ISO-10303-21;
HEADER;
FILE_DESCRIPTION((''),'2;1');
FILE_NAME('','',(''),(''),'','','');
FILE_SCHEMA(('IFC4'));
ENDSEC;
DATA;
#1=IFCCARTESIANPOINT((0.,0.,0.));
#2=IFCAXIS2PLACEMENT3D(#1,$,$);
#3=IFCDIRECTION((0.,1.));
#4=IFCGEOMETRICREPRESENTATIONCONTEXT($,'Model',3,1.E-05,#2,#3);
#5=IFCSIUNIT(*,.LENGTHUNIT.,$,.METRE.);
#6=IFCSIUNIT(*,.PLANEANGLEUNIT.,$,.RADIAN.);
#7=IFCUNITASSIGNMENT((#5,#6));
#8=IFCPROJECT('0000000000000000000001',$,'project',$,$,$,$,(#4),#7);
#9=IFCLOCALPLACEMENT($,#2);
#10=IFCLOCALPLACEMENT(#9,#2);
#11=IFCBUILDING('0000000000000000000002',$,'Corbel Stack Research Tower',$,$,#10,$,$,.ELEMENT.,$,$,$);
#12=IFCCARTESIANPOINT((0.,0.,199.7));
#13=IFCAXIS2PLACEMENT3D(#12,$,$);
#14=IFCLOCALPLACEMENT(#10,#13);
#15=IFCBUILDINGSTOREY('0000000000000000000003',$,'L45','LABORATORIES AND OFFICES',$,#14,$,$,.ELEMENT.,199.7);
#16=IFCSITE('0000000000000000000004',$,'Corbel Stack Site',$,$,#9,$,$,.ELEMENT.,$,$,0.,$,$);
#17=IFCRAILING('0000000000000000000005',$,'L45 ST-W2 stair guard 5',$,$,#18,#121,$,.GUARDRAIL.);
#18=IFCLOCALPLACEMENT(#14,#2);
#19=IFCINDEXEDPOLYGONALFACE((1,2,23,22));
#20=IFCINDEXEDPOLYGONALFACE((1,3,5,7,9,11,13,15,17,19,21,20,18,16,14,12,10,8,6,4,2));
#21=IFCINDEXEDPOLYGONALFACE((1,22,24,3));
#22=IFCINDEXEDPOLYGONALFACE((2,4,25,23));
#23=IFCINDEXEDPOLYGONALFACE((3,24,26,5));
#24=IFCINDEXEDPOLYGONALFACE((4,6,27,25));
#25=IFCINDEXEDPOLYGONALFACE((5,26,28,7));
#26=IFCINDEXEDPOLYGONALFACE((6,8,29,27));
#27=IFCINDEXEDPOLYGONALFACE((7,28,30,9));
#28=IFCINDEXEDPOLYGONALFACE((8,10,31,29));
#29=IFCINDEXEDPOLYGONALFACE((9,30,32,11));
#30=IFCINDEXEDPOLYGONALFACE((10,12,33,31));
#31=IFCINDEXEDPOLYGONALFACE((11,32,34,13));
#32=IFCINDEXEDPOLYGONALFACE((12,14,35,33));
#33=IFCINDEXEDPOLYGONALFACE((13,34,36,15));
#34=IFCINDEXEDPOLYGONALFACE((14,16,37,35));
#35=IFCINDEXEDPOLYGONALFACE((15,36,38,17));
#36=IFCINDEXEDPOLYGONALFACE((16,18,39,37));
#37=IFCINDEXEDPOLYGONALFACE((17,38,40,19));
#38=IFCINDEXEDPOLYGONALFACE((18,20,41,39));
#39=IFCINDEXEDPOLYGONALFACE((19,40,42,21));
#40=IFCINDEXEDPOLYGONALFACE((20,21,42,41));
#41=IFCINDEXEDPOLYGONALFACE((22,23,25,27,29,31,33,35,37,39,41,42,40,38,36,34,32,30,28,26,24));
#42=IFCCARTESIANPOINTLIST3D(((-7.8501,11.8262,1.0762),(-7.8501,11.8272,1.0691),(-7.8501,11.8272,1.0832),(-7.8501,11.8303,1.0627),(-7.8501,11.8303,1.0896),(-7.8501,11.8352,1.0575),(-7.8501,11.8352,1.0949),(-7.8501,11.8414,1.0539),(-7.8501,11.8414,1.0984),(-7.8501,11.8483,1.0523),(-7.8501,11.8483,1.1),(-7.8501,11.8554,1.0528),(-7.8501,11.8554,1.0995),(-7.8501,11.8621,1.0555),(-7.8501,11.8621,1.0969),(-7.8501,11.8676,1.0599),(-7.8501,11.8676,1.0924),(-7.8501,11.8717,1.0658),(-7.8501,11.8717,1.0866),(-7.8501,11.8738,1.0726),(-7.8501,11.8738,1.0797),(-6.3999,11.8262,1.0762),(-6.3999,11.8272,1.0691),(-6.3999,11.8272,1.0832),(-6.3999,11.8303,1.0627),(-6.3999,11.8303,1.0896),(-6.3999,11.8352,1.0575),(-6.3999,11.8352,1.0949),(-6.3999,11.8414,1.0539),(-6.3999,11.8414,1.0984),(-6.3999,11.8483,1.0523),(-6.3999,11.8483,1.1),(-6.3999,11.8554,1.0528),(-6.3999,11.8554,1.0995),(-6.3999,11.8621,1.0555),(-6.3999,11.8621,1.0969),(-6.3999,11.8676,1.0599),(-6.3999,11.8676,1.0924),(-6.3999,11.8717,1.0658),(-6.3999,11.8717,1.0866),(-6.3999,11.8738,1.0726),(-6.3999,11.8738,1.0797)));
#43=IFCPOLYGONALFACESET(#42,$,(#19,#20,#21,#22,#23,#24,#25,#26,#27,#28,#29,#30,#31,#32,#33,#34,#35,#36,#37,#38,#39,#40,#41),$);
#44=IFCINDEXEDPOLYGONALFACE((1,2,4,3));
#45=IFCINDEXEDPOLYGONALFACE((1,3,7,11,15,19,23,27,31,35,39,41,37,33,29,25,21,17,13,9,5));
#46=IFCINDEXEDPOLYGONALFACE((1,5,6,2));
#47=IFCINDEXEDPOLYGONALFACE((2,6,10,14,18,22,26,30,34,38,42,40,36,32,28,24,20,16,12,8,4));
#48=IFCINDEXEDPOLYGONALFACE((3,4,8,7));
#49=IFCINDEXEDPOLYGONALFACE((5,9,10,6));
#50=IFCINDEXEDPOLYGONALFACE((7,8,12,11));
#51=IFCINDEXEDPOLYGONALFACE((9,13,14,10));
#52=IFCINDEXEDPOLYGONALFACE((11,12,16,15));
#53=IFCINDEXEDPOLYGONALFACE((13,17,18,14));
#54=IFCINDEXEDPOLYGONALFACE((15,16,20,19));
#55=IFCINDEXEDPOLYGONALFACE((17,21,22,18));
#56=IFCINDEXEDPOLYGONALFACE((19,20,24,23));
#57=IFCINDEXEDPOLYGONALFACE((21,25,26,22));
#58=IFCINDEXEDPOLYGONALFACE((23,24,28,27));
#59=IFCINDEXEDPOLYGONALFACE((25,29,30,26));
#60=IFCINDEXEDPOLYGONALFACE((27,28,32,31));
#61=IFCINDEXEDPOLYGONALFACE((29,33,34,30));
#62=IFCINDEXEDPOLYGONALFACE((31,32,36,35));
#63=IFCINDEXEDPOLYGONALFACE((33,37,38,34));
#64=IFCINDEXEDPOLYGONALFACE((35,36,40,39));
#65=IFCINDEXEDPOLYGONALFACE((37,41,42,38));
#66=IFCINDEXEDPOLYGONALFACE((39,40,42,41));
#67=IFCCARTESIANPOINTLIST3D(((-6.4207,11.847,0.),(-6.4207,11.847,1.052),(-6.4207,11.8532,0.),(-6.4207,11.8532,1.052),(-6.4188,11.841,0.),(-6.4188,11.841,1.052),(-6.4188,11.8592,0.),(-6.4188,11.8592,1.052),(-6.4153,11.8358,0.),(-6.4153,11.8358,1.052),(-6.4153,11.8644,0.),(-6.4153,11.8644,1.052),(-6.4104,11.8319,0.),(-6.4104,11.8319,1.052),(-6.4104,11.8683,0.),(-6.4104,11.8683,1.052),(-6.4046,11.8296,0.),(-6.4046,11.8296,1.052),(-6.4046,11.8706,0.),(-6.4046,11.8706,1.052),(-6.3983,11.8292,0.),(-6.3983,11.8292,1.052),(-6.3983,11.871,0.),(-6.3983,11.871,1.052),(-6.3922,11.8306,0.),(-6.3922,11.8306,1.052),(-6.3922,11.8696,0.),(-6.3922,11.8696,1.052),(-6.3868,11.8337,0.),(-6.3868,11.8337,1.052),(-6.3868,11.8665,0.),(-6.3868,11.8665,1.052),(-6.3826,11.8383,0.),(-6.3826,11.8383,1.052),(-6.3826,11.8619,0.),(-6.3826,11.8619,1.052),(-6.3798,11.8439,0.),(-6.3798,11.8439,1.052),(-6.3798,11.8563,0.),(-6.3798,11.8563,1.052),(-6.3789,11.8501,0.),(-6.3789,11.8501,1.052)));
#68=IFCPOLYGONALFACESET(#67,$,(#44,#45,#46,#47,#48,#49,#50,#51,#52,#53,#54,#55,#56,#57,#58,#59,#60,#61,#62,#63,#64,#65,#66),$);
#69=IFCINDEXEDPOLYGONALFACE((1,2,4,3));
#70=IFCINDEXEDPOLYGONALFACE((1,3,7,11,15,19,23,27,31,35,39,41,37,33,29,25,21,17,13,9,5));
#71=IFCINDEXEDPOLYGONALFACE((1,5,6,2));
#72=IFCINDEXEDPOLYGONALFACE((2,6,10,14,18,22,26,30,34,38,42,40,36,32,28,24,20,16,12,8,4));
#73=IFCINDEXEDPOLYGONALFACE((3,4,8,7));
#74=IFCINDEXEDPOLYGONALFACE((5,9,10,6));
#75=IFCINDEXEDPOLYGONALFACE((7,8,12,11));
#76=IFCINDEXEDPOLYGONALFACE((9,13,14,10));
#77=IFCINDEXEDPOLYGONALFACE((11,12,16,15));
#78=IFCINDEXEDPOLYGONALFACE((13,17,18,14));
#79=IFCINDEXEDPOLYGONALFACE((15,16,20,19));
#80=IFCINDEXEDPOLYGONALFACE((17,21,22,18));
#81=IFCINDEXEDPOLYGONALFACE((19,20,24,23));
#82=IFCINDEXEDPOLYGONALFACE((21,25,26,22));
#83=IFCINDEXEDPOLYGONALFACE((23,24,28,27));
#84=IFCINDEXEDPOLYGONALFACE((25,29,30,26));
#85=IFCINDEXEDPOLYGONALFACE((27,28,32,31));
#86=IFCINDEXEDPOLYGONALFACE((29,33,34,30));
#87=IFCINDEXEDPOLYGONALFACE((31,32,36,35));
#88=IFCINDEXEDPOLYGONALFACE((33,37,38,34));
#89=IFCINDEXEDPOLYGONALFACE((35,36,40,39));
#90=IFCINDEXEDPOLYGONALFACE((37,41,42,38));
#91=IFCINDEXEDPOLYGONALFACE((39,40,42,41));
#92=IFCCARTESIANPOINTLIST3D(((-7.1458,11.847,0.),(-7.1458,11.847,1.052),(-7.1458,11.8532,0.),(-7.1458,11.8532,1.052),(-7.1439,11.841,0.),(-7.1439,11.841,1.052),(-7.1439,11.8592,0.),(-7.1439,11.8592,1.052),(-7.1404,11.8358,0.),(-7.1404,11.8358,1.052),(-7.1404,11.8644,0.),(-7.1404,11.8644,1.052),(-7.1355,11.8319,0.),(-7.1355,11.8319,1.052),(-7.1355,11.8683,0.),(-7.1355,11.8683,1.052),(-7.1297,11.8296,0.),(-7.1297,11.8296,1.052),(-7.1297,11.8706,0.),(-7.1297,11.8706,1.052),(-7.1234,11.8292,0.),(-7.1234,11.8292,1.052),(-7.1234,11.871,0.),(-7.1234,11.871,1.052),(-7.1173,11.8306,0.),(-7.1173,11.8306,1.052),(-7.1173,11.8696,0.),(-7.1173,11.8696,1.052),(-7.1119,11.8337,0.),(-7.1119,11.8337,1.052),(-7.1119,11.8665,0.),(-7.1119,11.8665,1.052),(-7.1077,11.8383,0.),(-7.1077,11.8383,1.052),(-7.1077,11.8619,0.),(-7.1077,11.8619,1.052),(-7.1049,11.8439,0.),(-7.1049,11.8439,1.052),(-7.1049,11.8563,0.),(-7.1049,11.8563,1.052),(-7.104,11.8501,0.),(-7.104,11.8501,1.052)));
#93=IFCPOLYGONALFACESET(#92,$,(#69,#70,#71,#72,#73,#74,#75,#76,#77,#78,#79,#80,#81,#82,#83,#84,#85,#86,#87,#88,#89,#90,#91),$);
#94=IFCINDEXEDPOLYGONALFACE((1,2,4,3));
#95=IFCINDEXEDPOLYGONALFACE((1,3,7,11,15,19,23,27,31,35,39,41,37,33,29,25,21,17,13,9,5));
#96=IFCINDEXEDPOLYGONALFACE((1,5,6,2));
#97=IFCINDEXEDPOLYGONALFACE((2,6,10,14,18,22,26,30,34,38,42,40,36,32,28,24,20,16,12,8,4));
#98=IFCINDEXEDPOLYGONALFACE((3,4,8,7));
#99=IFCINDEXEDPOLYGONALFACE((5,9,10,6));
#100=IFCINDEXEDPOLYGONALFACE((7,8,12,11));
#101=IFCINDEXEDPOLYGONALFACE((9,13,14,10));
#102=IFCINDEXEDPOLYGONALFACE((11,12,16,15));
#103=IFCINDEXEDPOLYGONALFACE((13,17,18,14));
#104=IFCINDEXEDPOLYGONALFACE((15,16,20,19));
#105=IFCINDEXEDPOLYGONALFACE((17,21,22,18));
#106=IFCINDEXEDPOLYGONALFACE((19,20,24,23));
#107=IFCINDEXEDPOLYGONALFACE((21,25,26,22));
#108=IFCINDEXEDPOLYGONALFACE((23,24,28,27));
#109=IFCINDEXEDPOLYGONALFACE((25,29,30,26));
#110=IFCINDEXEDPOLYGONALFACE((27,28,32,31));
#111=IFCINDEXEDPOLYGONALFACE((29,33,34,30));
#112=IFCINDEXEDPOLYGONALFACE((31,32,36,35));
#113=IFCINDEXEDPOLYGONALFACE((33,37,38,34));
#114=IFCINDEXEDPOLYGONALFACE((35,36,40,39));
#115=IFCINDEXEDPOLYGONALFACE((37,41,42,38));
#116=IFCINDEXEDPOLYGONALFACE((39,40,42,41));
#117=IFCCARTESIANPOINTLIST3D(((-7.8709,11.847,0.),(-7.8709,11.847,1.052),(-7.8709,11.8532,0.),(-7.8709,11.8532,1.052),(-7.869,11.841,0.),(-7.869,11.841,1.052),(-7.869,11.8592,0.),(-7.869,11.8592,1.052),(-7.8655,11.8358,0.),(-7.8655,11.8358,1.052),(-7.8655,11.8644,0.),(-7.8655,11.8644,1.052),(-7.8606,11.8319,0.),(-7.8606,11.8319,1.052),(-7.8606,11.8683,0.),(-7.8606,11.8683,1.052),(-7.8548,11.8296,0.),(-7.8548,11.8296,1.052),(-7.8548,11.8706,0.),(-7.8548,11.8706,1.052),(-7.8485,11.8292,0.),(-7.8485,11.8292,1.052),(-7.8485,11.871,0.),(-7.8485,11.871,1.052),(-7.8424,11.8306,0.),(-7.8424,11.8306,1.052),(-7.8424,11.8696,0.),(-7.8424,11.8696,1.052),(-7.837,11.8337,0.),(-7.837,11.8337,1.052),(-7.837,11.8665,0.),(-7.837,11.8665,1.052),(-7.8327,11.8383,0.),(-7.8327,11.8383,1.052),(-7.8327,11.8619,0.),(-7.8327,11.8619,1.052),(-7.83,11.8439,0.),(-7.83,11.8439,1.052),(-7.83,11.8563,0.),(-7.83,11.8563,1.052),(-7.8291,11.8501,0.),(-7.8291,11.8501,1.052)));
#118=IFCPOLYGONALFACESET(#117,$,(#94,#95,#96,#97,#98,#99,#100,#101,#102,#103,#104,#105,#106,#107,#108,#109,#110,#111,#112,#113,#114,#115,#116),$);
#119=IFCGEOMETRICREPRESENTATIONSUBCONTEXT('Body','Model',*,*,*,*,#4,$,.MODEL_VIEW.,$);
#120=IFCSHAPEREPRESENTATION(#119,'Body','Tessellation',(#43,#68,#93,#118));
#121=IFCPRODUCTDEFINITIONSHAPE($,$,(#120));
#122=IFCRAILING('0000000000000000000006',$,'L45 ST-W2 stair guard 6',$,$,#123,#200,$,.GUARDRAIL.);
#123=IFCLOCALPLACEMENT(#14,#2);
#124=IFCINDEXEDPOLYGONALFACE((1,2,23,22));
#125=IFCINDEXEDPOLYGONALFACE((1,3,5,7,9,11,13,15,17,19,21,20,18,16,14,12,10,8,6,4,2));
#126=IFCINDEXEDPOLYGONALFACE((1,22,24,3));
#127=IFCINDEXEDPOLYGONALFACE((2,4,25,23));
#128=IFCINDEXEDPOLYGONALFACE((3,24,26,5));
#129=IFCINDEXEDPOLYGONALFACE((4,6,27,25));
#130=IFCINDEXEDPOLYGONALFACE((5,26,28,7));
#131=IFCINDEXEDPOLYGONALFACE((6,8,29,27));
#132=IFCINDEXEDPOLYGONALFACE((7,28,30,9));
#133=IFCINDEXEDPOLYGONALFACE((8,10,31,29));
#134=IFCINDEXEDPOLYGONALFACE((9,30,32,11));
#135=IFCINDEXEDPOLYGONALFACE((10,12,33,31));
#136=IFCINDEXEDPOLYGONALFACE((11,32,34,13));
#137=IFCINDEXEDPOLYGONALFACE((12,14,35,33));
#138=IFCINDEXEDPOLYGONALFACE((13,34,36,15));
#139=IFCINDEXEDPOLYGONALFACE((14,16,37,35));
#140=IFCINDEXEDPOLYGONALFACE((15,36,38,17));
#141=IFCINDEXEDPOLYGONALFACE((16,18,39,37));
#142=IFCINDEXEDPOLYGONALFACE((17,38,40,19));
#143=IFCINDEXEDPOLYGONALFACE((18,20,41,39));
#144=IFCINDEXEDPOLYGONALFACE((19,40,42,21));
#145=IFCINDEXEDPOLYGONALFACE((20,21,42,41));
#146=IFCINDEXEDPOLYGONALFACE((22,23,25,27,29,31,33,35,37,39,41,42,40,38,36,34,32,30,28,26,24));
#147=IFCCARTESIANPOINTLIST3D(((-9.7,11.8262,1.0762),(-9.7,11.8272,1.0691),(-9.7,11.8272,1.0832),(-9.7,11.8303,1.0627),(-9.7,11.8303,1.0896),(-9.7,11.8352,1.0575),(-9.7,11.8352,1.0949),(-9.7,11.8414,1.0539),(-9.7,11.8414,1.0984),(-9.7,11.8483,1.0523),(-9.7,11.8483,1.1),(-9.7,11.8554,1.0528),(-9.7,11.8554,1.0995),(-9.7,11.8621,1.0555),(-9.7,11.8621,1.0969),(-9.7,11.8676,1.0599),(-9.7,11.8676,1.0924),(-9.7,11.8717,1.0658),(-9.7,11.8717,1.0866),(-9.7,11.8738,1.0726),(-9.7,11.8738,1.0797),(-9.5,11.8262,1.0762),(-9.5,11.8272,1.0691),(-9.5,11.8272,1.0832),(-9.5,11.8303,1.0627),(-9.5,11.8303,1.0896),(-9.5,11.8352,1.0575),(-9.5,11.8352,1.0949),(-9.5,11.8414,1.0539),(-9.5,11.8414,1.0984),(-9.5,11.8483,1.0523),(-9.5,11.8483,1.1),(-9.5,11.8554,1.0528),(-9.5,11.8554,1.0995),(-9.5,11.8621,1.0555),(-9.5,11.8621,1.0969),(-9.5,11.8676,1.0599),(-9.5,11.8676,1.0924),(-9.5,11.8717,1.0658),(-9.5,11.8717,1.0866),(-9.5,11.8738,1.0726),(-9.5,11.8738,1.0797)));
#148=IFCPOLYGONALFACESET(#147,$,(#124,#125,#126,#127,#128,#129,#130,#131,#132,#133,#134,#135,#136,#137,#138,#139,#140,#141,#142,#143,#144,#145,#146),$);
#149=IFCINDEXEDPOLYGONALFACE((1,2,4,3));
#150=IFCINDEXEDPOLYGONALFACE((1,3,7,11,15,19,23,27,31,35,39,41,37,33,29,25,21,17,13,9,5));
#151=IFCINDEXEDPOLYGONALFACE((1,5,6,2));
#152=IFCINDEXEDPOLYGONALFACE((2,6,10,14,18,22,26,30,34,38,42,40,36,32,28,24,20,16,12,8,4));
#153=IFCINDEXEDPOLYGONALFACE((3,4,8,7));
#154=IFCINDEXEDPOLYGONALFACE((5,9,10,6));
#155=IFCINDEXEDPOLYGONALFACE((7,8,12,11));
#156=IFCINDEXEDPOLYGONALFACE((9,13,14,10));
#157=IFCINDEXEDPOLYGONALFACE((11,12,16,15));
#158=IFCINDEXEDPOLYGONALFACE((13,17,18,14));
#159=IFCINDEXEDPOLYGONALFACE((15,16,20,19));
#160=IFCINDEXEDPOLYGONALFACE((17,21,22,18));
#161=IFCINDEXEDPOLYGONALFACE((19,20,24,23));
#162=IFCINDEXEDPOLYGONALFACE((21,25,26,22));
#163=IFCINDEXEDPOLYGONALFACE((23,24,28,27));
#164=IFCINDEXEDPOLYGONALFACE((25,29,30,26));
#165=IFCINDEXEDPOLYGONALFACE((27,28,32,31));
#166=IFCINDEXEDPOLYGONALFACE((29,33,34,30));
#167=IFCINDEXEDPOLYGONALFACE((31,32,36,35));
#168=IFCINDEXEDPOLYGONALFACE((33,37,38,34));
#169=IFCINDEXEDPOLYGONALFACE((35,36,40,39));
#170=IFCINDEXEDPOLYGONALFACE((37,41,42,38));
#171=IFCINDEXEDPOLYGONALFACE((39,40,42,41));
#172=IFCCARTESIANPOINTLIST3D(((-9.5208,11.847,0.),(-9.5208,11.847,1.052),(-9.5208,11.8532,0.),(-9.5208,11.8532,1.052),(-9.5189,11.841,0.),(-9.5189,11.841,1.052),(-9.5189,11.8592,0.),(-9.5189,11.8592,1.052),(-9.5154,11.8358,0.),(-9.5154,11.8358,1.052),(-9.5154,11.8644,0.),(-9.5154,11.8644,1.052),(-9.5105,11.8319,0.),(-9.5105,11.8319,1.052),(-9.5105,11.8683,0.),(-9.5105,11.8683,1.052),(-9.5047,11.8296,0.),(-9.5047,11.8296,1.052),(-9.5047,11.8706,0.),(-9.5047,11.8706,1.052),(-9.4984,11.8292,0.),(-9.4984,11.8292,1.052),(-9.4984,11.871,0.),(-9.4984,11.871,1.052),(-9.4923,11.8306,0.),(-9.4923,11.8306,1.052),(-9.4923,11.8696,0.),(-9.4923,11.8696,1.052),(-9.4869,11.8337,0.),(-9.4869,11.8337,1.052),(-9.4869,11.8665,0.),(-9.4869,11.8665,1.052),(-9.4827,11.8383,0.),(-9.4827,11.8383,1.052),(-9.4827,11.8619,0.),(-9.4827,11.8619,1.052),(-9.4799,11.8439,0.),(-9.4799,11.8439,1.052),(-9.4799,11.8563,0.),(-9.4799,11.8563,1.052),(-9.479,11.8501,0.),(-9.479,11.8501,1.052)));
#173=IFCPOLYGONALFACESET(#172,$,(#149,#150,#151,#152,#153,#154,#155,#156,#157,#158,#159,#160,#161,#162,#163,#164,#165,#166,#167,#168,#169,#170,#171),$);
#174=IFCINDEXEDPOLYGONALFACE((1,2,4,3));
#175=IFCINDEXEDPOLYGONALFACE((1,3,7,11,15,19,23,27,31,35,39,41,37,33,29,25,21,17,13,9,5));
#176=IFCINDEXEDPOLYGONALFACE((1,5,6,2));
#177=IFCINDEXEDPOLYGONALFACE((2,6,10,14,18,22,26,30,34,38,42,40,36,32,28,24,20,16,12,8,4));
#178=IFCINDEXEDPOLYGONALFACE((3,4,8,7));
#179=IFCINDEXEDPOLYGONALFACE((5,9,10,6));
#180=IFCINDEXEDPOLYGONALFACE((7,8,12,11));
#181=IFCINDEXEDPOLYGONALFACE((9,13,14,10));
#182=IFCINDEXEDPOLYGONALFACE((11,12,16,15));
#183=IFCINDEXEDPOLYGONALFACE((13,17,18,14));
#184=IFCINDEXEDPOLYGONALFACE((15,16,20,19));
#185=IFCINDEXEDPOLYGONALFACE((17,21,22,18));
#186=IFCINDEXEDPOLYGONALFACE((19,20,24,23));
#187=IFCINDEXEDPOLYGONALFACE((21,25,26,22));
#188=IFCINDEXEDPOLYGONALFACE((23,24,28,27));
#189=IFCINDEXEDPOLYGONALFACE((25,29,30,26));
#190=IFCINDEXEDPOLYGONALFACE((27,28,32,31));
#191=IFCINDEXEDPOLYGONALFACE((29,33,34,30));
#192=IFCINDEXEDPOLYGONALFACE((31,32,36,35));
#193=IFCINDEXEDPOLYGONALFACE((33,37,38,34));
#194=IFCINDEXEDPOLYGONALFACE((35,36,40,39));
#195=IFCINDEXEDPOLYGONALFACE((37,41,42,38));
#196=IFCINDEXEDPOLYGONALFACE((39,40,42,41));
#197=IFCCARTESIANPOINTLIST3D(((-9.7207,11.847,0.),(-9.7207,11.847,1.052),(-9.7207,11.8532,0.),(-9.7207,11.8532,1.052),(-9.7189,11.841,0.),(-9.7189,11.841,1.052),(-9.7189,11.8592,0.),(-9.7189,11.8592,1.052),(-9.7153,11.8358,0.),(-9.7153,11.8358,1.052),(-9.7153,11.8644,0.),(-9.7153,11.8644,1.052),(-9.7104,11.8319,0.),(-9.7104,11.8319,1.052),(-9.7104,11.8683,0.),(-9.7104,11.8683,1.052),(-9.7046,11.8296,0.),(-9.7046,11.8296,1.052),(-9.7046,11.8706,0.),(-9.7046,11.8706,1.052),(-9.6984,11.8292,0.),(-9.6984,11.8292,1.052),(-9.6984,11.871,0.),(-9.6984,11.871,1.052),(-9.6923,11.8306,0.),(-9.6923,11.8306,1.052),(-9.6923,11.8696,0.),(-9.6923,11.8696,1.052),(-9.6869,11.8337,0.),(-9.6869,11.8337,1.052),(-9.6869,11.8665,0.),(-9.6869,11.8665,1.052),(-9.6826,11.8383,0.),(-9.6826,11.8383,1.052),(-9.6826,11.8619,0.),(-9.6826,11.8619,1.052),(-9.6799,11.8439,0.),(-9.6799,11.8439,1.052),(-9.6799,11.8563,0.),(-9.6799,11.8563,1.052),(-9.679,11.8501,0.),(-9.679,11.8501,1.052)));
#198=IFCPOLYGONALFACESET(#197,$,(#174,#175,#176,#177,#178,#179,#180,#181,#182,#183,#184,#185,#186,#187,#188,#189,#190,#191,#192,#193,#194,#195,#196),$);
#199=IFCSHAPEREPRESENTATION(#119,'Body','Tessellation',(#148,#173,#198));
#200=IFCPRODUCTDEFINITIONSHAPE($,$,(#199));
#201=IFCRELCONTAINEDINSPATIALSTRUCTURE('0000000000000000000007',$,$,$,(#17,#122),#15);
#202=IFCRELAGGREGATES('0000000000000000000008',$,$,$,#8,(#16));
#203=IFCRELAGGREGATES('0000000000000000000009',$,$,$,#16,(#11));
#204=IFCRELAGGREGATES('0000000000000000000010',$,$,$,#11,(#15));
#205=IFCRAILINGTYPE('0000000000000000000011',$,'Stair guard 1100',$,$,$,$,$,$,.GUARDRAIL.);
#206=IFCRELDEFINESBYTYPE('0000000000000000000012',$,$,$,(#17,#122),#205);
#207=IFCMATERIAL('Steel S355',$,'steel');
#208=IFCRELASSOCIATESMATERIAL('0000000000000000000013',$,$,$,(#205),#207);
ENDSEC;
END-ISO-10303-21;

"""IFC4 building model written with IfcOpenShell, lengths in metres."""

from ifc_helpers import new_model, si_unit, direction, frame, origin, origin_2d, place, context, subcontext, project, spatial, circle, extrude, material, type_object, element, save


model = new_model("IFC4")

# Units and contexts
model_context = context("Model", 3, precision=1e-05, world=origin(), true_north=direction((0.0, 1.0)))
body_context = subcontext(model_context, "Body", "Model", "MODEL_VIEW")
ifc_project = project(units=[si_unit("LENGTHUNIT", "METRE"), si_unit("PLANEANGLEUNIT", "RADIAN")], contexts=[model_context])

# Site, building, storey
site_placement = place(None, origin())
site = spatial("IfcSite", under=ifc_project, at=site_placement, Name="Corbel Stack Site", CompositionType="ELEMENT", RefElevation=0.0)
building_placement = place(site_placement, origin())
building = spatial("IfcBuilding", under=site, at=building_placement, Name="Corbel Stack Research Tower", CompositionType="ELEMENT")
storey_placement = place(building_placement, frame((0.0, 0.0, 199.7)))
storey = spatial("IfcBuildingStorey", under=building, at=storey_placement, Name="L45", Description="LABORATORIES AND OFFICES", CompositionType="ELEMENT", Elevation=199.7)

# Railings
ifc_material_1 = material(Name="Steel S355", Category="steel")
railing_type = type_object("IfcRailingType", Name="Stair guard 1100", PredefinedType="GUARDRAIL", material=ifc_material_1)
railing_1_placement = place(storey_placement, frame((-6.3999, 11.8501, 0.0)))
element("IfcRailing", 1, at=railing_1_placement, inside=storey, type_object=railing_type, Name="L45 ST-W2 stair guard 5", PredefinedType="GUARDRAIL", context=body_context, shape_type="SweptSolid", body=[
    extrude(circle(Radius=0.0239, at=origin_2d()), frame((0.0, 0.0, 1.0762), z_axis=(-1.0, 0.0, 0.0), x_axis=(0.0, -1.0, 0.0)), (0.0, 0.0, 1.0), 1.4502),
    extrude(circle(Radius=0.021, at=origin_2d()), origin(), (0.0, 0.0, 1.0), 1.052),
    extrude(circle(Radius=0.021, at=origin_2d()), frame((-0.7251, 0.0, 0.0)), (0.0, 0.0, 1.0), 1.052),
    extrude(circle(Radius=0.021, at=origin_2d()), frame((-1.4502, 0.0, 0.0)), (0.0, 0.0, 1.0), 1.052),
])
railing_2_placement = place(storey_placement, frame((-9.5, 11.8501, 0.0)))
element("IfcRailing", 2, at=railing_2_placement, inside=storey, type_object=railing_type, Name="L45 ST-W2 stair guard 6", PredefinedType="GUARDRAIL", context=body_context, shape_type="SweptSolid", body=[
    extrude(circle(Radius=0.0239, at=origin_2d()), frame((0.0, 0.0, 1.0762), z_axis=(-1.0, 0.0, 0.0), x_axis=(0.0, -1.0, 0.0)), (0.0, 0.0, 1.0), 0.2),
    extrude(circle(Radius=0.021, at=origin_2d()), origin(), (0.0, 0.0, 1.0), 1.052),
    extrude(circle(Radius=0.021, at=origin_2d()), frame((-0.2, 0.0, 0.0)), (0.0, 0.0, 1.0), 1.052),
])

save(model, "model.ifc")
